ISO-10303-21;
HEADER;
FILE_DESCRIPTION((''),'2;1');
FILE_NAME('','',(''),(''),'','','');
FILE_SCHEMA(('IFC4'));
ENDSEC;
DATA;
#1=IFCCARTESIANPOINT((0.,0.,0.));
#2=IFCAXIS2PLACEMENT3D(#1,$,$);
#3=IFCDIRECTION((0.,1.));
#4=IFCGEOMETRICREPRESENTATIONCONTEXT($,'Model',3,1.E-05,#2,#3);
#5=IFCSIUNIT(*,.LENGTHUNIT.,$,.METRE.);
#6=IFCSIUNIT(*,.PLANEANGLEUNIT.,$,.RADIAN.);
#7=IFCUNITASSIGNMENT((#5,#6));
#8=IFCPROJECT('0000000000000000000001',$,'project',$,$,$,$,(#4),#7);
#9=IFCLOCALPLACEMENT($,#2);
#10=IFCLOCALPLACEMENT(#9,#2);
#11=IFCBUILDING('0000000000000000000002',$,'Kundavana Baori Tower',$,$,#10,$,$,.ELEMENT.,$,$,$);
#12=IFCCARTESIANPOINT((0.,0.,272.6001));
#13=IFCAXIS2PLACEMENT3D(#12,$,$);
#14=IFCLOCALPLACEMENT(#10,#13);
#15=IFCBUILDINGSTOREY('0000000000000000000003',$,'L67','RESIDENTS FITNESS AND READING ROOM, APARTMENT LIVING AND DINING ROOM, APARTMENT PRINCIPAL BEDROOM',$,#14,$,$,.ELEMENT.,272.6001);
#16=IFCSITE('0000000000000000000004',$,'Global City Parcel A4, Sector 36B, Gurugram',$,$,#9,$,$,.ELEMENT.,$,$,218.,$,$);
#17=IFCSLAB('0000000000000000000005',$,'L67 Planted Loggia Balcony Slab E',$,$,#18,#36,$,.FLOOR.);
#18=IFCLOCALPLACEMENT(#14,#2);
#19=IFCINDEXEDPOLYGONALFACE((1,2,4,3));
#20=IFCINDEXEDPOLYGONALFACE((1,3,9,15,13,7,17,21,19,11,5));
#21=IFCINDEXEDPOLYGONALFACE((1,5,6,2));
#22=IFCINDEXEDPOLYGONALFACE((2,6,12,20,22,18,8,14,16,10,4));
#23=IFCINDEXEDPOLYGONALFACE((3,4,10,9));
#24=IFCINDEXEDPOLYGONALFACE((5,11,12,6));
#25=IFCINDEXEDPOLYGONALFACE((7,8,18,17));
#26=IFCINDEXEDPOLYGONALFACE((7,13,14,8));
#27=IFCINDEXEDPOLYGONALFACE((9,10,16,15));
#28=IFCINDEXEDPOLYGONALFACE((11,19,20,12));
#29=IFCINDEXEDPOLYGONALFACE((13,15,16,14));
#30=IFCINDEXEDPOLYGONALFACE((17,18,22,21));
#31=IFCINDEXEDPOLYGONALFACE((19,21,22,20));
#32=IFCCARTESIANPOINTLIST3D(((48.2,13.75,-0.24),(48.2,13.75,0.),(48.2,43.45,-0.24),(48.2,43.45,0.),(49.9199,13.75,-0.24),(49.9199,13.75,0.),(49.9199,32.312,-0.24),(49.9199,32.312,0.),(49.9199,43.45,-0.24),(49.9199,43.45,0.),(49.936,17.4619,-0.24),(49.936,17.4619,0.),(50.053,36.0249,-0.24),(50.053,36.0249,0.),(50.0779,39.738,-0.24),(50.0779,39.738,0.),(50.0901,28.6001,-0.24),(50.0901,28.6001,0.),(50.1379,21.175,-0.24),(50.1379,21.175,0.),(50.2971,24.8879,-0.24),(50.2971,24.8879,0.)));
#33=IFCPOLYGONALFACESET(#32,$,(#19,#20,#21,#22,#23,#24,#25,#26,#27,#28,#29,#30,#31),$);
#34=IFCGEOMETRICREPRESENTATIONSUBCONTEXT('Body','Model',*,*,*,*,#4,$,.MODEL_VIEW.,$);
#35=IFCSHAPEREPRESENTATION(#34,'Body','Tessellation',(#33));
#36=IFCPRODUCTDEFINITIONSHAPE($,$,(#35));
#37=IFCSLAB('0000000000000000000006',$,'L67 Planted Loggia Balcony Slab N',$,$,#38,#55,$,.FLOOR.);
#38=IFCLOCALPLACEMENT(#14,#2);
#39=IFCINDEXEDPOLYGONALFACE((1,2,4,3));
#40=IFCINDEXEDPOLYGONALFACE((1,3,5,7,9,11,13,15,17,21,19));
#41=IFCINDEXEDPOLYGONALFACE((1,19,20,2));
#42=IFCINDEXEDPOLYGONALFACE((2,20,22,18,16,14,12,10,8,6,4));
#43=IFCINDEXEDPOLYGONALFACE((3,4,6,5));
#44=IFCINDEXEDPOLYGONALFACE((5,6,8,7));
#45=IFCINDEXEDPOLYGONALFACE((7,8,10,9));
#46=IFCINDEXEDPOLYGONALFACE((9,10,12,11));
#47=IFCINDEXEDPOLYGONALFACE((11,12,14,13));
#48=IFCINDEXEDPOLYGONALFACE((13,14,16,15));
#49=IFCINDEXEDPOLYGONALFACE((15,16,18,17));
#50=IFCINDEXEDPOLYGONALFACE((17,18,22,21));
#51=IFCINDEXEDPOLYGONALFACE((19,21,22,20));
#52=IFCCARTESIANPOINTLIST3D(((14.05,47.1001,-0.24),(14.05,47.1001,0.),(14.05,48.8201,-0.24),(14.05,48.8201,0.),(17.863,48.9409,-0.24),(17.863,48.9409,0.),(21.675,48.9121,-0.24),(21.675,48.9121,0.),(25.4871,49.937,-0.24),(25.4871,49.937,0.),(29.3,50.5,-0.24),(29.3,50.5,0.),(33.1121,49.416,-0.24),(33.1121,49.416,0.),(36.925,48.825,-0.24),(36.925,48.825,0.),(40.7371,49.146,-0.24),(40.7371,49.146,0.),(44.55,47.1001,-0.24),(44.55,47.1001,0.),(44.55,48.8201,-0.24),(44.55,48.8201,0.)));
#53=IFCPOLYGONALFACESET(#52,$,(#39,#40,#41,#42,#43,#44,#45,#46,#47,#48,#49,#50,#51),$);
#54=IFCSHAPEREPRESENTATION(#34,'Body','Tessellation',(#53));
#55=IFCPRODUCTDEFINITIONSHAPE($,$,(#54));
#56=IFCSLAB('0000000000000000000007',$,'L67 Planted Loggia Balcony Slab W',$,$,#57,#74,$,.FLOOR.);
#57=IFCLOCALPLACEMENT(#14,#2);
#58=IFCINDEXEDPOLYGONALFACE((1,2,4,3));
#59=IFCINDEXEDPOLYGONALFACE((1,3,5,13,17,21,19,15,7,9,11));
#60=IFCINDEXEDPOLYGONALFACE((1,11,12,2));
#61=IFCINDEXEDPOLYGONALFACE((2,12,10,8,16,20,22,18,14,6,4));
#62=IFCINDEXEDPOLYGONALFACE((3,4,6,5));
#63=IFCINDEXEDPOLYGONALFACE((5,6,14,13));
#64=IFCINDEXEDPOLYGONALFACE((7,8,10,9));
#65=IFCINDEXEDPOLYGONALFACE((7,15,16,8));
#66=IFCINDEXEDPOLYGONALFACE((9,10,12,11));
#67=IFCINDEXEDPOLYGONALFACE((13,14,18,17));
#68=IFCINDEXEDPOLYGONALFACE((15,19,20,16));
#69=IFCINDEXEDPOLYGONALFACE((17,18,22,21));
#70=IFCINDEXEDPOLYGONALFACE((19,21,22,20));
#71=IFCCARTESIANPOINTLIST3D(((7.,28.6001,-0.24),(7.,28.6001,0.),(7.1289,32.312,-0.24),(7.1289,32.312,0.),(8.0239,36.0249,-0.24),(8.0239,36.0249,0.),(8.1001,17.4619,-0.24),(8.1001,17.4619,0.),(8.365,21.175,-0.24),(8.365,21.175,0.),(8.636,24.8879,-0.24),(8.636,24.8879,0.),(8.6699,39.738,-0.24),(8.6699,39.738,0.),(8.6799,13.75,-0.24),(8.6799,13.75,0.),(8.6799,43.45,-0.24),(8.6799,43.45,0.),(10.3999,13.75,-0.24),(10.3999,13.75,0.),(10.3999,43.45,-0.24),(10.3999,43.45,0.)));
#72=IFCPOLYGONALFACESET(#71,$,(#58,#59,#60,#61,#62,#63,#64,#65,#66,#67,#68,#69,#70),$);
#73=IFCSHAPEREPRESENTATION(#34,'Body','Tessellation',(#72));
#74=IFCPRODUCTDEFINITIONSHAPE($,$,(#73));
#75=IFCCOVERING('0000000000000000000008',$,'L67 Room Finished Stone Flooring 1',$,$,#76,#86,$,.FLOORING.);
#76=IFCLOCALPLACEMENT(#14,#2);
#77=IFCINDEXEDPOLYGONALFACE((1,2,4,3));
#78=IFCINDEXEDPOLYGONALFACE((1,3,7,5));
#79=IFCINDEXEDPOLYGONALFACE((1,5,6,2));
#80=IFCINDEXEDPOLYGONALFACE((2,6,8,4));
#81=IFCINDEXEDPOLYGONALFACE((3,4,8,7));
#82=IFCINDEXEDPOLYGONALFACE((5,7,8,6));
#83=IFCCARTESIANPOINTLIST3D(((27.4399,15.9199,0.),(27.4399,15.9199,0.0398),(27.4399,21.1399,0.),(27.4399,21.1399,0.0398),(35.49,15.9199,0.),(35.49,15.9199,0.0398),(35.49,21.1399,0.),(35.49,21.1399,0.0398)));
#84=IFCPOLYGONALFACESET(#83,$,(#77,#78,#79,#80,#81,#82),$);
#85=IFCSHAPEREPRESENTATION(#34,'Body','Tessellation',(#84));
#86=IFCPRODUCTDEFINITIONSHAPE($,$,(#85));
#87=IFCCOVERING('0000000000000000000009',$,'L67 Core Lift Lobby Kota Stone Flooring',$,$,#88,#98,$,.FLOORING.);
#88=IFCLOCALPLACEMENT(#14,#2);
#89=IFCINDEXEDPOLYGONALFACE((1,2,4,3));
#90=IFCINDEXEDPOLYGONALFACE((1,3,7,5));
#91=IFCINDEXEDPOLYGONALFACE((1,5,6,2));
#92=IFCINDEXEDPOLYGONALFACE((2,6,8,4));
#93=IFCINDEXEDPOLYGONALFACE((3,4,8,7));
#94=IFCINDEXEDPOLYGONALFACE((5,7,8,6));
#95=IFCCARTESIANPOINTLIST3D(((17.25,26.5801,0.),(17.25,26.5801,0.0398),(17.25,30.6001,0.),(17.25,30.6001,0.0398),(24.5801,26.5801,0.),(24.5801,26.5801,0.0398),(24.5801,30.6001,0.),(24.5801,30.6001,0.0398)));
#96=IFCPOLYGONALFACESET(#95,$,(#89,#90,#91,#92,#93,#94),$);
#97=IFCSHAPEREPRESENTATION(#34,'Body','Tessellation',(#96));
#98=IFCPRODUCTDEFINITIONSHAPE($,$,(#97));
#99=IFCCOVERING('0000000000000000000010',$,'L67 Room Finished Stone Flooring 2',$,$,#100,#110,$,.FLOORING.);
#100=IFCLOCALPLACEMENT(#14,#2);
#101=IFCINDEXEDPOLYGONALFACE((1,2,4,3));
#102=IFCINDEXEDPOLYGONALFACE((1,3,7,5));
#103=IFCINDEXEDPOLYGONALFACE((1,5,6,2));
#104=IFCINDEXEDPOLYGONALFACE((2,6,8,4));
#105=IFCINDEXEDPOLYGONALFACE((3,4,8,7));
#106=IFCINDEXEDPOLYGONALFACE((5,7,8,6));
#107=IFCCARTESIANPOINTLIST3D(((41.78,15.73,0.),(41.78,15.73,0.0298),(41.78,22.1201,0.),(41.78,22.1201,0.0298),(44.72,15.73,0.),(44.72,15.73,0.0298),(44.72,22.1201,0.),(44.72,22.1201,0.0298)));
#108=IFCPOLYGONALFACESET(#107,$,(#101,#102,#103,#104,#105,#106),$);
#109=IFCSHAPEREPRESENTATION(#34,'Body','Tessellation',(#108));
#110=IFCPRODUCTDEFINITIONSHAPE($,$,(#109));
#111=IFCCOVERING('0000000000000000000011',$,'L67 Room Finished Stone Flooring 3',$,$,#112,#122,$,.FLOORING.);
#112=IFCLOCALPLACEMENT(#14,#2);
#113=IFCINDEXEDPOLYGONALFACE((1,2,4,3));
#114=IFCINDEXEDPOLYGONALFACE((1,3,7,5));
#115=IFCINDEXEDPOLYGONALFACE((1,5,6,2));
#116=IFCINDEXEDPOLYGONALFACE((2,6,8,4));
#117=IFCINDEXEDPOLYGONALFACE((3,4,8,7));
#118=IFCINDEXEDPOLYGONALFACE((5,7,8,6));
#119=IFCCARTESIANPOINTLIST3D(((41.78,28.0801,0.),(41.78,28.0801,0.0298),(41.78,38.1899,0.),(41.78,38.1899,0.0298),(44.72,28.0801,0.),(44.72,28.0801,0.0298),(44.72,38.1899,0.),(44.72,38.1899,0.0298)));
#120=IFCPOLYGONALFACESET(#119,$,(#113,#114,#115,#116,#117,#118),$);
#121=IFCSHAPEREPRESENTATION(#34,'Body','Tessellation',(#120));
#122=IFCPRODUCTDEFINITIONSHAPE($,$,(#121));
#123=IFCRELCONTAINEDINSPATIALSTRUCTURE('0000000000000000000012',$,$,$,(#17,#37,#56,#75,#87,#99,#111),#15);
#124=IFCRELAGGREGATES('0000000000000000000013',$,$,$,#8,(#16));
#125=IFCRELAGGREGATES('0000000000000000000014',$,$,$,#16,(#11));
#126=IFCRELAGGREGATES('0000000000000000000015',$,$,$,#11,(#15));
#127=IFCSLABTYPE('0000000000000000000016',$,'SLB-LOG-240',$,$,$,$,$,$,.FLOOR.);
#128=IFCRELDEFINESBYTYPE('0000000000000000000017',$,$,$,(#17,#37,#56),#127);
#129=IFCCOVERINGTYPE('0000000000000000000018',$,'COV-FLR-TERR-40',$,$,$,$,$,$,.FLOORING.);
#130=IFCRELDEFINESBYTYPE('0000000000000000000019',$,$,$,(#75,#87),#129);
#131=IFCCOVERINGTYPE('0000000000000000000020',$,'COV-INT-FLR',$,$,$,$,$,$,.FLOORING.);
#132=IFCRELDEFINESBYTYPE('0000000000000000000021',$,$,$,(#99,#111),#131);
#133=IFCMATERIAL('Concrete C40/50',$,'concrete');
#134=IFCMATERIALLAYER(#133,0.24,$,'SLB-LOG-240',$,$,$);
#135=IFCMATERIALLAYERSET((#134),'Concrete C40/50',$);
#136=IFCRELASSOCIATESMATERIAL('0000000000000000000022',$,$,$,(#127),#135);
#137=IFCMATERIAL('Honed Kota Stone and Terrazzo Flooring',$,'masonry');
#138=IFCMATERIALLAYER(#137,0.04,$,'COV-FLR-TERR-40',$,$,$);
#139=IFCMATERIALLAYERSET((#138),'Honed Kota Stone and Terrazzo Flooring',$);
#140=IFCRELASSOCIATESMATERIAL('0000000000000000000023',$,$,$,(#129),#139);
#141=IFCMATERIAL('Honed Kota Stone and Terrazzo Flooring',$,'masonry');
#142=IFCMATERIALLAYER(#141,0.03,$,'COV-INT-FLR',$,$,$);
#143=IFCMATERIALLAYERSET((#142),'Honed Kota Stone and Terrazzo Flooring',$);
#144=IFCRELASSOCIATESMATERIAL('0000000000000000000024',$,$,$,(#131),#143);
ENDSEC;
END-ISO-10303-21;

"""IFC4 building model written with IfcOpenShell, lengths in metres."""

from ifc_helpers import new_model, si_unit, direction, frame, origin, place, context, subcontext, project, spatial, polyline, outline, extrude, material, layer, layer_set, type_object, element, save


model = new_model("IFC4")

# Units and contexts
model_context = context("Model", 3, precision=1e-05, world=origin(), true_north=direction((0.0, 1.0)))
body_context = subcontext(model_context, "Body", "Model", "MODEL_VIEW")
ifc_project = project(units=[si_unit("LENGTHUNIT", "METRE"), si_unit("PLANEANGLEUNIT", "RADIAN")], contexts=[model_context])

# Site, building, storey
site_placement = place(None, origin())
site = spatial("IfcSite", under=ifc_project, at=site_placement, Name="Global City Parcel A4, Sector 36B, Gurugram", CompositionType="ELEMENT", RefElevation=218.0)
building_placement = place(site_placement, origin())
building = spatial("IfcBuilding", under=site, at=building_placement, Name="Kundavana Baori Tower", CompositionType="ELEMENT")
storey_placement = place(building_placement, frame((0.0, 0.0, 272.6001)))
storey = spatial("IfcBuildingStorey", under=building, at=storey_placement, Name="L67", Description="RESIDENTS FITNESS AND READING ROOM, APARTMENT LIVING AND DINING ROOM, APARTMENT PRINCIPAL BEDROOM", CompositionType="ELEMENT", Elevation=272.6001)

# Slabs
ifc_material_1 = material(Name="Concrete C40/50", Category="concrete")
ifc_layer_1 = layer(ifc_material_1, 0.24, Name="SLB-LOG-240")
ifc_layer_set_1 = layer_set([ifc_layer_1], Name="Concrete C40/50")
slab_type_1 = type_object("IfcSlabType", Name="SLB-LOG-240", PredefinedType="FLOOR", material=ifc_layer_set_1)
slab_1_placement = place(storey_placement, frame((0.0, 0.0, -0.24)))
element("IfcSlab", 1, at=slab_1_placement, inside=storey, type_object=slab_type_1, Name="L67 Planted Loggia Balcony Slab E", PredefinedType="FLOOR", context=body_context, shape_type="SweptSolid", body=[
    extrude(outline(polyline([(48.2, 13.75), (48.2, 43.45), (49.9199, 43.45), (50.0779, 39.738), (50.053, 36.0249), (49.9199, 32.312), (50.0901, 28.6001), (50.2971, 24.8879), (50.1379, 21.175), (49.936, 17.4619), (49.9199, 13.75), (48.2, 13.75)])), origin(), (0.0, 0.0, 1.0), 0.24),
])
slab_2_placement = place(storey_placement, frame((0.0, 0.0, -0.24)))
element("IfcSlab", 2, at=slab_2_placement, inside=storey, type_object=slab_type_1, Name="L67 Planted Loggia Balcony Slab N", PredefinedType="FLOOR", context=body_context, shape_type="SweptSolid", body=[
    extrude(outline(polyline([(44.55, 47.1001), (14.05, 47.1001), (14.05, 48.8201), (17.863, 48.9409), (21.675, 48.9121), (25.4871, 49.937), (29.3, 50.5), (33.1121, 49.416), (36.925, 48.825), (40.7371, 49.146), (44.55, 48.8201), (44.55, 47.1001)])), origin(), (0.0, 0.0, 1.0), 0.24),
])
slab_3_placement = place(storey_placement, frame((0.0, 0.0, -0.24)))
element("IfcSlab", 3, at=slab_3_placement, inside=storey, type_object=slab_type_1, Name="L67 Planted Loggia Balcony Slab W", PredefinedType="FLOOR", context=body_context, shape_type="SweptSolid", body=[
    extrude(outline(polyline([(10.3999, 43.45), (10.3999, 13.75), (8.6799, 13.75), (8.1001, 17.4619), (8.365, 21.175), (8.636, 24.8879), (7.0, 28.6001), (7.1289, 32.312), (8.0239, 36.0249), (8.6699, 39.738), (8.6799, 43.45), (10.3999, 43.45)])), origin(), (0.0, 0.0, 1.0), 0.24),
])

# Coverings
ifc_material_2 = material(Name="Honed Kota Stone and Terrazzo Flooring", Category="masonry")
ifc_layer_2 = layer(ifc_material_2, 0.04, Name="COV-FLR-TERR-40")
ifc_layer_set_2 = layer_set([ifc_layer_2], Name="Honed Kota Stone and Terrazzo Flooring")
covering_type_1 = type_object("IfcCoveringType", Name="COV-FLR-TERR-40", PredefinedType="FLOORING", material=ifc_layer_set_2)
covering_1_placement = place(storey_placement, origin())
element("IfcCovering", 4, at=covering_1_placement, inside=storey, type_object=covering_type_1, Name="L67 Room Finished Stone Flooring 1", PredefinedType="FLOORING", context=body_context, shape_type="SweptSolid", body=[
    extrude(outline(polyline([(27.4399, 15.9199), (35.49, 15.9199), (35.49, 21.1399), (27.4399, 21.1399), (27.4399, 15.9199)])), origin(), (0.0, 0.0, 1.0), 0.0398),
])
covering_2_placement = place(storey_placement, origin())
element("IfcCovering", 5, at=covering_2_placement, inside=storey, type_object=covering_type_1, Name="L67 Core Lift Lobby Kota Stone Flooring", PredefinedType="FLOORING", context=body_context, shape_type="SweptSolid", body=[
    extrude(outline(polyline([(17.25, 26.5801), (24.5801, 26.5801), (24.5801, 30.6001), (17.25, 30.6001), (17.25, 26.5801)])), origin(), (0.0, 0.0, 1.0), 0.0398),
])
ifc_material_3 = material(Name="Honed Kota Stone and Terrazzo Flooring", Category="masonry")
ifc_layer_3 = layer(ifc_material_3, 0.03, Name="COV-INT-FLR")
ifc_layer_set_3 = layer_set([ifc_layer_3], Name="Honed Kota Stone and Terrazzo Flooring")
covering_type_2 = type_object("IfcCoveringType", Name="COV-INT-FLR", PredefinedType="FLOORING", material=ifc_layer_set_3)
covering_3_placement = place(storey_placement, origin())
element("IfcCovering", 6, at=covering_3_placement, inside=storey, type_object=covering_type_2, Name="L67 Room Finished Stone Flooring 2", PredefinedType="FLOORING", context=body_context, shape_type="SweptSolid", body=[
    extrude(outline(polyline([(41.78, 15.73), (44.72, 15.73), (44.72, 22.1201), (41.78, 22.1201), (41.78, 15.73)])), origin(), (0.0, 0.0, 1.0), 0.0298),
])
covering_4_placement = place(storey_placement, origin())
element("IfcCovering", 7, at=covering_4_placement, inside=storey, type_object=covering_type_2, Name="L67 Room Finished Stone Flooring 3", PredefinedType="FLOORING", context=body_context, shape_type="SweptSolid", body=[
    extrude(outline(polyline([(41.78, 28.0801), (44.72, 28.0801), (44.72, 38.1899), (41.78, 38.1899), (41.78, 28.0801)])), origin(), (0.0, 0.0, 1.0), 0.0298),
])

save(model, "model.ifc")
